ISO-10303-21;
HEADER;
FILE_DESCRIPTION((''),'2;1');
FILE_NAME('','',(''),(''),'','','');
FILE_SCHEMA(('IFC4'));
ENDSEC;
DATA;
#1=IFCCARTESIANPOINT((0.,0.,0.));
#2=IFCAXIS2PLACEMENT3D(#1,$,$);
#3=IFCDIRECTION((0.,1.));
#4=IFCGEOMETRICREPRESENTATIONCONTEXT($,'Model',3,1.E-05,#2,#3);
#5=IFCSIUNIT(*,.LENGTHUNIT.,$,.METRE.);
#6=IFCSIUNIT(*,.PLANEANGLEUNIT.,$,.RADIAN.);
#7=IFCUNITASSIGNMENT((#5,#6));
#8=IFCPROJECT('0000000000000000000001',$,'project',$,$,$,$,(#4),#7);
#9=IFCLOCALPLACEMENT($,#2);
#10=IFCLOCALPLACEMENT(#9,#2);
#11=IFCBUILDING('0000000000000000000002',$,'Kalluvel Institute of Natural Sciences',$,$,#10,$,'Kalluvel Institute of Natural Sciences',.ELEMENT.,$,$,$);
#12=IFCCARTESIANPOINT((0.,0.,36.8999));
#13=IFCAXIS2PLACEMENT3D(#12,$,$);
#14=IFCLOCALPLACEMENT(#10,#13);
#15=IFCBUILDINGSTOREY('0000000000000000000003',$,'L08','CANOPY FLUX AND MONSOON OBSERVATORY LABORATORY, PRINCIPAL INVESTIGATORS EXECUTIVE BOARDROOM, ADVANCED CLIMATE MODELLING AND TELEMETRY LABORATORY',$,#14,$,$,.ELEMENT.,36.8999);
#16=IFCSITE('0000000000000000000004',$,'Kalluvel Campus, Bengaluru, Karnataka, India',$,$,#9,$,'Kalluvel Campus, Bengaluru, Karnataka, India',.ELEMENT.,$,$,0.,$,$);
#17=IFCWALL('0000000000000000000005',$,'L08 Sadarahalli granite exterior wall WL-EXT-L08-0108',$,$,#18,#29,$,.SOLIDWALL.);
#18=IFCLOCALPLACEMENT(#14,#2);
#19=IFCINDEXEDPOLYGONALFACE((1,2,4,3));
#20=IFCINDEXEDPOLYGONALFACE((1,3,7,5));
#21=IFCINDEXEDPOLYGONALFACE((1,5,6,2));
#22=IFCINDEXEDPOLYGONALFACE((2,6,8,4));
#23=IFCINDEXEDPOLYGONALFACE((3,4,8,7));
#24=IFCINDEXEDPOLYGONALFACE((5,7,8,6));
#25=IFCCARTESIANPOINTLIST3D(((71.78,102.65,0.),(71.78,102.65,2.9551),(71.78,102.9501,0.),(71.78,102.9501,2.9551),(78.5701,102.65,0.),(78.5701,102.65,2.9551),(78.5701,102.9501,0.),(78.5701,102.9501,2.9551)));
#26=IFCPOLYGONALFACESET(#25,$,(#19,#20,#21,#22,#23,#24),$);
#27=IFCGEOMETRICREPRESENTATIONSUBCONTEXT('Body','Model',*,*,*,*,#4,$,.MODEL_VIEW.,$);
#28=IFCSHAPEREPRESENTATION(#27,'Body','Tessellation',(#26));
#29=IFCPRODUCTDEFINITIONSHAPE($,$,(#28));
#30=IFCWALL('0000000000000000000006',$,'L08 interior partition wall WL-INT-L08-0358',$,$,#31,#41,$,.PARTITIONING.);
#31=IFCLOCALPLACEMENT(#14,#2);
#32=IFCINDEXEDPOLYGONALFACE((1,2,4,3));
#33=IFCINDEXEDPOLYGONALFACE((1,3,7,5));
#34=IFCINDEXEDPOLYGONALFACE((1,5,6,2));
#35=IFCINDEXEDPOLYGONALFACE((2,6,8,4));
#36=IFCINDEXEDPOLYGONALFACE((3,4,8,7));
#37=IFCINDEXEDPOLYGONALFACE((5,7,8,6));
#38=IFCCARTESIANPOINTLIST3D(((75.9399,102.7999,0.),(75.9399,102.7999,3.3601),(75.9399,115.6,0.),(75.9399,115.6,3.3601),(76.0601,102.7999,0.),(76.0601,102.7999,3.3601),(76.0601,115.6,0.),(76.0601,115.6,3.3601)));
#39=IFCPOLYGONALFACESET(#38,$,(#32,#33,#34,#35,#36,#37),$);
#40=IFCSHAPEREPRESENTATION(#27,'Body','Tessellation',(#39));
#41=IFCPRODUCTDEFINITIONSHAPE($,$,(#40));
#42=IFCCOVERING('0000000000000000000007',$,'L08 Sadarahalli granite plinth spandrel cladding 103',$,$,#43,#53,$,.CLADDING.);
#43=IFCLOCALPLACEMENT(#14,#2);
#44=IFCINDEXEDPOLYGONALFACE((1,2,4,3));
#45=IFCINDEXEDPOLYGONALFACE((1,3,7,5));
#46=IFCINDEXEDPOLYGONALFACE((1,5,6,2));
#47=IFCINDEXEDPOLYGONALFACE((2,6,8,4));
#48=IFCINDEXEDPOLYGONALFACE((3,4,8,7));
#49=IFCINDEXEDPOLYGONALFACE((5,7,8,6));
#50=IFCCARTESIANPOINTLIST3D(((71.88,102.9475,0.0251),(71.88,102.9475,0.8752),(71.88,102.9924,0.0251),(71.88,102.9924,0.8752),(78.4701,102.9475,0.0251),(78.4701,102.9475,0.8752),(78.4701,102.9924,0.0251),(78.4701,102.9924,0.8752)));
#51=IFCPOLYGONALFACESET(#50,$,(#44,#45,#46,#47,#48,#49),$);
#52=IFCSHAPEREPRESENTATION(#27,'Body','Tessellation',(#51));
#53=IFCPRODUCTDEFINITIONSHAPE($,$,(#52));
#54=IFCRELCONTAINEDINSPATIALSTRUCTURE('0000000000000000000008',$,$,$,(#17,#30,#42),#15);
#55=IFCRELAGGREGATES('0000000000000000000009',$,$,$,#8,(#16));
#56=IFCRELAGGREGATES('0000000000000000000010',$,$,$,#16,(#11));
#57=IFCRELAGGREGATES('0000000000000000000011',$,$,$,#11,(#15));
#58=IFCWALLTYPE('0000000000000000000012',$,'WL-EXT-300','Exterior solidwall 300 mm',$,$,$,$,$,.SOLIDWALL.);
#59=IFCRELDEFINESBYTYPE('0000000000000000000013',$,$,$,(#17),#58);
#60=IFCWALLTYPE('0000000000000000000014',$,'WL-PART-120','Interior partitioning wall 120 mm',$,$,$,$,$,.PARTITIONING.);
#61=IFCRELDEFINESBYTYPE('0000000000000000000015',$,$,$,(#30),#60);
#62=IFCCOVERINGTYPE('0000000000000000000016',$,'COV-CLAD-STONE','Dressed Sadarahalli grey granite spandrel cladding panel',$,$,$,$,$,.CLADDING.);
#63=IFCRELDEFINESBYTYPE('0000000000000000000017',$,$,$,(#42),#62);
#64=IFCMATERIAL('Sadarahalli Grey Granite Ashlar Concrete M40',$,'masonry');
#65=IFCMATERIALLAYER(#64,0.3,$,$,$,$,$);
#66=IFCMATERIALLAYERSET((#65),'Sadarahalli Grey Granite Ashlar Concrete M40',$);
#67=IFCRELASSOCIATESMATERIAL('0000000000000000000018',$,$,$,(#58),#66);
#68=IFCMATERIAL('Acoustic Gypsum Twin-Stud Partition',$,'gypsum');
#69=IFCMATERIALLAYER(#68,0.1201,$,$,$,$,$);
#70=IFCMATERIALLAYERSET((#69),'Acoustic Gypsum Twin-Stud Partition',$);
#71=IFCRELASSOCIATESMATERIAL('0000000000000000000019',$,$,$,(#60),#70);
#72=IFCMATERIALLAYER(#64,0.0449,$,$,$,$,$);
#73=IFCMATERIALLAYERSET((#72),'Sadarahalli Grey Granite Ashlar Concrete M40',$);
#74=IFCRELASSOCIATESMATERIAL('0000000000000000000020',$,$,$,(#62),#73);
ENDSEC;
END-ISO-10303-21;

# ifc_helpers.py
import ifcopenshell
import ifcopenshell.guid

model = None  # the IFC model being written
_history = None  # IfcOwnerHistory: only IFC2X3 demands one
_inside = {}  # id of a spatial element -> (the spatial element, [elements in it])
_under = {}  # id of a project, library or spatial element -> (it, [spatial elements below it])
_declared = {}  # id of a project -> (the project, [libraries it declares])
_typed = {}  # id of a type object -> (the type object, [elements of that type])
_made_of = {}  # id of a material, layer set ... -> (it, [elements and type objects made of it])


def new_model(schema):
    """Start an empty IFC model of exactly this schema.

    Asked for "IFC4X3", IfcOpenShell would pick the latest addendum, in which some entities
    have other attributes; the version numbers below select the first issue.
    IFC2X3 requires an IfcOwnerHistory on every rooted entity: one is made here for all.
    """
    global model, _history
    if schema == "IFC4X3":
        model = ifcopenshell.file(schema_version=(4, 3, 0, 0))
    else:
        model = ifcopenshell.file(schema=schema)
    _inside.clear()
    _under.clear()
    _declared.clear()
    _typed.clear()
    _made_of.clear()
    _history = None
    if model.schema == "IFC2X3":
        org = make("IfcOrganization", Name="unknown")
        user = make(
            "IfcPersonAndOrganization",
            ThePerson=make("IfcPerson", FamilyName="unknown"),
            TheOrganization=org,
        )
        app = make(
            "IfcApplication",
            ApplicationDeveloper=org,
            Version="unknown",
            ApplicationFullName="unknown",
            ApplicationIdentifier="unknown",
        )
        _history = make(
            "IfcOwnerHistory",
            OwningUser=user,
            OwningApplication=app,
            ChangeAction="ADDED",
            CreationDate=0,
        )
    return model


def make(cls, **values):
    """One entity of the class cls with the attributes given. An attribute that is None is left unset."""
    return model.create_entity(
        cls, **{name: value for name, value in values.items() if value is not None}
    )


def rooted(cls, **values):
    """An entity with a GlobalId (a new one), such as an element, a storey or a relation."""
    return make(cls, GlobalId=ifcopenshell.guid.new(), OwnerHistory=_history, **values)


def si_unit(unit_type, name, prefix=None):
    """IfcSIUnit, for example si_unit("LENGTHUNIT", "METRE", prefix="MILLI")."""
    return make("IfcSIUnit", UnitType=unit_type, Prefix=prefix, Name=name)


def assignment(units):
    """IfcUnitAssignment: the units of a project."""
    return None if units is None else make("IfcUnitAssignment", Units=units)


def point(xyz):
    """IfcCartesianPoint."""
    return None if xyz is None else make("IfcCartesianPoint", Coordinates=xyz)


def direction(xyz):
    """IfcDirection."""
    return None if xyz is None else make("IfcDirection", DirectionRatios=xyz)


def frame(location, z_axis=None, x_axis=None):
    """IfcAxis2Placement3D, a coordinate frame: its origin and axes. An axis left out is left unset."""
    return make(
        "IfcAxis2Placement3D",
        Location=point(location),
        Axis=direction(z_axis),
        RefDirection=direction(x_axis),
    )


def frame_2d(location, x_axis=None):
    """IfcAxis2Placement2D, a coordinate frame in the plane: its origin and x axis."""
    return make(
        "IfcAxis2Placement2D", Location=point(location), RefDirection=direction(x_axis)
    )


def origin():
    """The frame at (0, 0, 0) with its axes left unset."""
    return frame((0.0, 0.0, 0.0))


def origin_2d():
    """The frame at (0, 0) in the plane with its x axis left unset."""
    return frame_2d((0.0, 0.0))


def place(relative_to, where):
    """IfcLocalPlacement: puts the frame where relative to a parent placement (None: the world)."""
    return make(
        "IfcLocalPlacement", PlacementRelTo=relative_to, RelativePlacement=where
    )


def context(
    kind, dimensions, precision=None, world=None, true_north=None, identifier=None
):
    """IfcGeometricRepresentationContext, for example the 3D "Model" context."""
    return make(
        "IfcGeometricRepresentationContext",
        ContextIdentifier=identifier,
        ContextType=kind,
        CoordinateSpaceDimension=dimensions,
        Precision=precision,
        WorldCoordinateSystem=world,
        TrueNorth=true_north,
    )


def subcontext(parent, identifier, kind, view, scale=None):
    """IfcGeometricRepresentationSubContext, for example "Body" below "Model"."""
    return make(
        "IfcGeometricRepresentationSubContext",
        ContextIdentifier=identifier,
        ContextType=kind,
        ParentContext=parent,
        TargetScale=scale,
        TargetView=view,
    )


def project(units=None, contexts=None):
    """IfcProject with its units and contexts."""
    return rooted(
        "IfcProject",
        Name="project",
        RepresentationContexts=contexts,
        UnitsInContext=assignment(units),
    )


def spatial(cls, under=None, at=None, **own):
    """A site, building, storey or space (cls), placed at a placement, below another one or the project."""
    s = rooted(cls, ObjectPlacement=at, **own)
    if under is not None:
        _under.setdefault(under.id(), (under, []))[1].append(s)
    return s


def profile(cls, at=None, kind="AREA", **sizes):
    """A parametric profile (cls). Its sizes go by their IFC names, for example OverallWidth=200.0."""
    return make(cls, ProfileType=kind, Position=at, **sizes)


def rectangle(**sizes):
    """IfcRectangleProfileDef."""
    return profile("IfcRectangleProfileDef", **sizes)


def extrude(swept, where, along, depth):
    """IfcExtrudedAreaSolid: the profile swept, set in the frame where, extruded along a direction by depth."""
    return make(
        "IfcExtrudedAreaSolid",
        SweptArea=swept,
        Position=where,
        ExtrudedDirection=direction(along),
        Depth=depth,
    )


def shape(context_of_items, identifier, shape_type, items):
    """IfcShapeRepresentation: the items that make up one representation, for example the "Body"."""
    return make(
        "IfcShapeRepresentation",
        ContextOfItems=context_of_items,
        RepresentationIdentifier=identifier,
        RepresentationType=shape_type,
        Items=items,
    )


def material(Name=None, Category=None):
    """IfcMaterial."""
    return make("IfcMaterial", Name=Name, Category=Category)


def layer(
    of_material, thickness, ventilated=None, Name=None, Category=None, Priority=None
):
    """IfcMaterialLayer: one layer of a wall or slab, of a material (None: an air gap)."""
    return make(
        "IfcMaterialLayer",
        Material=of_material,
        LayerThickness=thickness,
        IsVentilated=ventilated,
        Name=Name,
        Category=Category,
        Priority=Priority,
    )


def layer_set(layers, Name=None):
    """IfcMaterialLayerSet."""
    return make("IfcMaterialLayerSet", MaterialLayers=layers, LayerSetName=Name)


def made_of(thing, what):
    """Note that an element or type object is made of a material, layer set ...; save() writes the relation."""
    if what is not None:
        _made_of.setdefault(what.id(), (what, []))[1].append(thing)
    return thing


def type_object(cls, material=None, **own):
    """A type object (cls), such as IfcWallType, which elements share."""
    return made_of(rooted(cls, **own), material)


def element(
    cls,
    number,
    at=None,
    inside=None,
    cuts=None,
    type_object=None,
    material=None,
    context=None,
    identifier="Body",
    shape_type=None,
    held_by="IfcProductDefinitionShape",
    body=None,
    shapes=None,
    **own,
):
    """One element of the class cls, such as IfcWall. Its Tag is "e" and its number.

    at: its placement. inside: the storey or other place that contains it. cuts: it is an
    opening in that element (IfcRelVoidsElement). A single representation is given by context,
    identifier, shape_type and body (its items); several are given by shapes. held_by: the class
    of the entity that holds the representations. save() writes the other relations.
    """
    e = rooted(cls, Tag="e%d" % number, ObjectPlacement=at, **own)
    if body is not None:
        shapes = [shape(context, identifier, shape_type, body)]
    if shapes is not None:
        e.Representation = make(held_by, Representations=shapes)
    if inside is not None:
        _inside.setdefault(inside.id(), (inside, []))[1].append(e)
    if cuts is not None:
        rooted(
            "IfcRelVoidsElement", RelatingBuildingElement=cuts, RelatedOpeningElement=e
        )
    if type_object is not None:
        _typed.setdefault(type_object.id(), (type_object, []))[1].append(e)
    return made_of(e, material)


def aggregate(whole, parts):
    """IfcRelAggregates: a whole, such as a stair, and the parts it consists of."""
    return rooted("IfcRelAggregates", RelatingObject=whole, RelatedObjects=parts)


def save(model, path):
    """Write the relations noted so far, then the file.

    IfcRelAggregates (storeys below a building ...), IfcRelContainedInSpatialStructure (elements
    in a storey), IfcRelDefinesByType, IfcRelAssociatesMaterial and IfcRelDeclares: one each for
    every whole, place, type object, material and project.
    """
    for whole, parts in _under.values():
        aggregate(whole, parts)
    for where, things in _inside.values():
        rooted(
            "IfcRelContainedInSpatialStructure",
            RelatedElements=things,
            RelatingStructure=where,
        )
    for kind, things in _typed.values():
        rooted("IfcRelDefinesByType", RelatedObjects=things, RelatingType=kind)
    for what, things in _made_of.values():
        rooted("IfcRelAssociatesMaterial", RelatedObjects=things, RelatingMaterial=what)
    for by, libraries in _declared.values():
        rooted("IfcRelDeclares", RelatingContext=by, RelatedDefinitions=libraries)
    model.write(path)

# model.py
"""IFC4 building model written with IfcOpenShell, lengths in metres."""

from ifc_helpers import new_model, si_unit, direction, frame, frame_2d, origin, origin_2d, place, context, subcontext, project, spatial, rectangle, extrude, material, layer, layer_set, type_object, element, save


model = new_model("IFC4")

# Units and contexts
model_context = context("Model", 3, precision=1e-05, world=origin(), true_north=direction((0.0, 1.0)))
body_context = subcontext(model_context, "Body", "Model", "MODEL_VIEW")
ifc_project = project(units=[si_unit("LENGTHUNIT", "METRE"), si_unit("PLANEANGLEUNIT", "RADIAN")], contexts=[model_context])

# Site, building, storey
site_placement = place(None, origin())
site = spatial("IfcSite", under=ifc_project, at=site_placement, Name="Kalluvel Campus, Bengaluru, Karnataka, India", LongName="Kalluvel Campus, Bengaluru, Karnataka, India", CompositionType="ELEMENT", RefElevation=0.0)
building_placement = place(site_placement, origin())
building = spatial("IfcBuilding", under=site, at=building_placement, Name="Kalluvel Institute of Natural Sciences", LongName="Kalluvel Institute of Natural Sciences", CompositionType="ELEMENT")
storey_placement = place(building_placement, frame((0.0, 0.0, 36.8999)))
storey = spatial("IfcBuildingStorey", under=building, at=storey_placement, Name="L08", Description="CANOPY FLUX AND MONSOON OBSERVATORY LABORATORY, PRINCIPAL INVESTIGATORS EXECUTIVE BOARDROOM, ADVANCED CLIMATE MODELLING AND TELEMETRY LABORATORY", CompositionType="ELEMENT", Elevation=36.8999)

# Walls
ifc_material_1 = material(Name="Sadarahalli Grey Granite Ashlar Concrete M40", Category="masonry")
ifc_layer_1 = layer(ifc_material_1, 0.3)
ifc_layer_set_1 = layer_set([ifc_layer_1], Name="Sadarahalli Grey Granite Ashlar Concrete M40")
wall_type_1 = type_object("IfcWallType", Name="WL-EXT-300", Description="Exterior solidwall 300 mm", PredefinedType="SOLIDWALL", material=ifc_layer_set_1)
wall_1_placement = place(storey_placement, frame((71.78, 102.8, 0.0), z_axis=(0.0, 0.0, 1.0), x_axis=(1.0, 0.0, 0.0)))
element("IfcWall", 1, at=wall_1_placement, inside=storey, type_object=wall_type_1, Name="L08 Sadarahalli granite exterior wall WL-EXT-L08-0108", PredefinedType="SOLIDWALL", context=body_context, shape_type="SweptSolid", body=[
    extrude(rectangle(XDim=6.79, YDim=0.3, at=frame_2d((3.395, 0.0))), origin(), (0.0, 0.0, 1.0), 2.9551),
])
ifc_material_2 = material(Name="Acoustic Gypsum Twin-Stud Partition", Category="gypsum")
ifc_layer_2 = layer(ifc_material_2, 0.1201)
ifc_layer_set_2 = layer_set([ifc_layer_2], Name="Acoustic Gypsum Twin-Stud Partition")
wall_type_2 = type_object("IfcWallType", Name="WL-PART-120", Description="Interior partitioning wall 120 mm", PredefinedType="PARTITIONING", material=ifc_layer_set_2)
wall_2_placement = place(storey_placement, frame((76.0, 102.8, 0.0), z_axis=(0.0, 0.0, 1.0), x_axis=(0.0, 1.0, 0.0)))
element("IfcWall", 2, at=wall_2_placement, inside=storey, type_object=wall_type_2, Name="L08 interior partition wall WL-INT-L08-0358", PredefinedType="PARTITIONING", context=body_context, shape_type="SweptSolid", body=[
    extrude(rectangle(XDim=12.8, YDim=0.1201, at=frame_2d((6.3999, 0.0))), origin(), (0.0, 0.0, 1.0), 3.3601),
])

# Covering
ifc_layer_3 = layer(ifc_material_1, 0.0449)
ifc_layer_set_3 = layer_set([ifc_layer_3], Name="Sadarahalli Grey Granite Ashlar Concrete M40")
covering_type = type_object("IfcCoveringType", Name="COV-CLAD-STONE", Description="Dressed Sadarahalli grey granite spandrel cladding panel", PredefinedType="CLADDING", material=ifc_layer_set_3)
covering_placement = place(storey_placement, frame((75.175, 102.97, 0.0251), z_axis=(0.0, 0.0, 1.0), x_axis=(1.0, 0.0, 0.0)))
element("IfcCovering", 3, at=covering_placement, inside=storey, type_object=covering_type, Name="L08 Sadarahalli granite plinth spandrel cladding 103", PredefinedType="CLADDING", context=body_context, shape_type="SweptSolid", body=[
    extrude(rectangle(XDim=6.5901, YDim=0.0449, at=origin_2d()), origin(), (0.0, 0.0, 1.0), 0.8501),
])

save(model, "model.ifc")
